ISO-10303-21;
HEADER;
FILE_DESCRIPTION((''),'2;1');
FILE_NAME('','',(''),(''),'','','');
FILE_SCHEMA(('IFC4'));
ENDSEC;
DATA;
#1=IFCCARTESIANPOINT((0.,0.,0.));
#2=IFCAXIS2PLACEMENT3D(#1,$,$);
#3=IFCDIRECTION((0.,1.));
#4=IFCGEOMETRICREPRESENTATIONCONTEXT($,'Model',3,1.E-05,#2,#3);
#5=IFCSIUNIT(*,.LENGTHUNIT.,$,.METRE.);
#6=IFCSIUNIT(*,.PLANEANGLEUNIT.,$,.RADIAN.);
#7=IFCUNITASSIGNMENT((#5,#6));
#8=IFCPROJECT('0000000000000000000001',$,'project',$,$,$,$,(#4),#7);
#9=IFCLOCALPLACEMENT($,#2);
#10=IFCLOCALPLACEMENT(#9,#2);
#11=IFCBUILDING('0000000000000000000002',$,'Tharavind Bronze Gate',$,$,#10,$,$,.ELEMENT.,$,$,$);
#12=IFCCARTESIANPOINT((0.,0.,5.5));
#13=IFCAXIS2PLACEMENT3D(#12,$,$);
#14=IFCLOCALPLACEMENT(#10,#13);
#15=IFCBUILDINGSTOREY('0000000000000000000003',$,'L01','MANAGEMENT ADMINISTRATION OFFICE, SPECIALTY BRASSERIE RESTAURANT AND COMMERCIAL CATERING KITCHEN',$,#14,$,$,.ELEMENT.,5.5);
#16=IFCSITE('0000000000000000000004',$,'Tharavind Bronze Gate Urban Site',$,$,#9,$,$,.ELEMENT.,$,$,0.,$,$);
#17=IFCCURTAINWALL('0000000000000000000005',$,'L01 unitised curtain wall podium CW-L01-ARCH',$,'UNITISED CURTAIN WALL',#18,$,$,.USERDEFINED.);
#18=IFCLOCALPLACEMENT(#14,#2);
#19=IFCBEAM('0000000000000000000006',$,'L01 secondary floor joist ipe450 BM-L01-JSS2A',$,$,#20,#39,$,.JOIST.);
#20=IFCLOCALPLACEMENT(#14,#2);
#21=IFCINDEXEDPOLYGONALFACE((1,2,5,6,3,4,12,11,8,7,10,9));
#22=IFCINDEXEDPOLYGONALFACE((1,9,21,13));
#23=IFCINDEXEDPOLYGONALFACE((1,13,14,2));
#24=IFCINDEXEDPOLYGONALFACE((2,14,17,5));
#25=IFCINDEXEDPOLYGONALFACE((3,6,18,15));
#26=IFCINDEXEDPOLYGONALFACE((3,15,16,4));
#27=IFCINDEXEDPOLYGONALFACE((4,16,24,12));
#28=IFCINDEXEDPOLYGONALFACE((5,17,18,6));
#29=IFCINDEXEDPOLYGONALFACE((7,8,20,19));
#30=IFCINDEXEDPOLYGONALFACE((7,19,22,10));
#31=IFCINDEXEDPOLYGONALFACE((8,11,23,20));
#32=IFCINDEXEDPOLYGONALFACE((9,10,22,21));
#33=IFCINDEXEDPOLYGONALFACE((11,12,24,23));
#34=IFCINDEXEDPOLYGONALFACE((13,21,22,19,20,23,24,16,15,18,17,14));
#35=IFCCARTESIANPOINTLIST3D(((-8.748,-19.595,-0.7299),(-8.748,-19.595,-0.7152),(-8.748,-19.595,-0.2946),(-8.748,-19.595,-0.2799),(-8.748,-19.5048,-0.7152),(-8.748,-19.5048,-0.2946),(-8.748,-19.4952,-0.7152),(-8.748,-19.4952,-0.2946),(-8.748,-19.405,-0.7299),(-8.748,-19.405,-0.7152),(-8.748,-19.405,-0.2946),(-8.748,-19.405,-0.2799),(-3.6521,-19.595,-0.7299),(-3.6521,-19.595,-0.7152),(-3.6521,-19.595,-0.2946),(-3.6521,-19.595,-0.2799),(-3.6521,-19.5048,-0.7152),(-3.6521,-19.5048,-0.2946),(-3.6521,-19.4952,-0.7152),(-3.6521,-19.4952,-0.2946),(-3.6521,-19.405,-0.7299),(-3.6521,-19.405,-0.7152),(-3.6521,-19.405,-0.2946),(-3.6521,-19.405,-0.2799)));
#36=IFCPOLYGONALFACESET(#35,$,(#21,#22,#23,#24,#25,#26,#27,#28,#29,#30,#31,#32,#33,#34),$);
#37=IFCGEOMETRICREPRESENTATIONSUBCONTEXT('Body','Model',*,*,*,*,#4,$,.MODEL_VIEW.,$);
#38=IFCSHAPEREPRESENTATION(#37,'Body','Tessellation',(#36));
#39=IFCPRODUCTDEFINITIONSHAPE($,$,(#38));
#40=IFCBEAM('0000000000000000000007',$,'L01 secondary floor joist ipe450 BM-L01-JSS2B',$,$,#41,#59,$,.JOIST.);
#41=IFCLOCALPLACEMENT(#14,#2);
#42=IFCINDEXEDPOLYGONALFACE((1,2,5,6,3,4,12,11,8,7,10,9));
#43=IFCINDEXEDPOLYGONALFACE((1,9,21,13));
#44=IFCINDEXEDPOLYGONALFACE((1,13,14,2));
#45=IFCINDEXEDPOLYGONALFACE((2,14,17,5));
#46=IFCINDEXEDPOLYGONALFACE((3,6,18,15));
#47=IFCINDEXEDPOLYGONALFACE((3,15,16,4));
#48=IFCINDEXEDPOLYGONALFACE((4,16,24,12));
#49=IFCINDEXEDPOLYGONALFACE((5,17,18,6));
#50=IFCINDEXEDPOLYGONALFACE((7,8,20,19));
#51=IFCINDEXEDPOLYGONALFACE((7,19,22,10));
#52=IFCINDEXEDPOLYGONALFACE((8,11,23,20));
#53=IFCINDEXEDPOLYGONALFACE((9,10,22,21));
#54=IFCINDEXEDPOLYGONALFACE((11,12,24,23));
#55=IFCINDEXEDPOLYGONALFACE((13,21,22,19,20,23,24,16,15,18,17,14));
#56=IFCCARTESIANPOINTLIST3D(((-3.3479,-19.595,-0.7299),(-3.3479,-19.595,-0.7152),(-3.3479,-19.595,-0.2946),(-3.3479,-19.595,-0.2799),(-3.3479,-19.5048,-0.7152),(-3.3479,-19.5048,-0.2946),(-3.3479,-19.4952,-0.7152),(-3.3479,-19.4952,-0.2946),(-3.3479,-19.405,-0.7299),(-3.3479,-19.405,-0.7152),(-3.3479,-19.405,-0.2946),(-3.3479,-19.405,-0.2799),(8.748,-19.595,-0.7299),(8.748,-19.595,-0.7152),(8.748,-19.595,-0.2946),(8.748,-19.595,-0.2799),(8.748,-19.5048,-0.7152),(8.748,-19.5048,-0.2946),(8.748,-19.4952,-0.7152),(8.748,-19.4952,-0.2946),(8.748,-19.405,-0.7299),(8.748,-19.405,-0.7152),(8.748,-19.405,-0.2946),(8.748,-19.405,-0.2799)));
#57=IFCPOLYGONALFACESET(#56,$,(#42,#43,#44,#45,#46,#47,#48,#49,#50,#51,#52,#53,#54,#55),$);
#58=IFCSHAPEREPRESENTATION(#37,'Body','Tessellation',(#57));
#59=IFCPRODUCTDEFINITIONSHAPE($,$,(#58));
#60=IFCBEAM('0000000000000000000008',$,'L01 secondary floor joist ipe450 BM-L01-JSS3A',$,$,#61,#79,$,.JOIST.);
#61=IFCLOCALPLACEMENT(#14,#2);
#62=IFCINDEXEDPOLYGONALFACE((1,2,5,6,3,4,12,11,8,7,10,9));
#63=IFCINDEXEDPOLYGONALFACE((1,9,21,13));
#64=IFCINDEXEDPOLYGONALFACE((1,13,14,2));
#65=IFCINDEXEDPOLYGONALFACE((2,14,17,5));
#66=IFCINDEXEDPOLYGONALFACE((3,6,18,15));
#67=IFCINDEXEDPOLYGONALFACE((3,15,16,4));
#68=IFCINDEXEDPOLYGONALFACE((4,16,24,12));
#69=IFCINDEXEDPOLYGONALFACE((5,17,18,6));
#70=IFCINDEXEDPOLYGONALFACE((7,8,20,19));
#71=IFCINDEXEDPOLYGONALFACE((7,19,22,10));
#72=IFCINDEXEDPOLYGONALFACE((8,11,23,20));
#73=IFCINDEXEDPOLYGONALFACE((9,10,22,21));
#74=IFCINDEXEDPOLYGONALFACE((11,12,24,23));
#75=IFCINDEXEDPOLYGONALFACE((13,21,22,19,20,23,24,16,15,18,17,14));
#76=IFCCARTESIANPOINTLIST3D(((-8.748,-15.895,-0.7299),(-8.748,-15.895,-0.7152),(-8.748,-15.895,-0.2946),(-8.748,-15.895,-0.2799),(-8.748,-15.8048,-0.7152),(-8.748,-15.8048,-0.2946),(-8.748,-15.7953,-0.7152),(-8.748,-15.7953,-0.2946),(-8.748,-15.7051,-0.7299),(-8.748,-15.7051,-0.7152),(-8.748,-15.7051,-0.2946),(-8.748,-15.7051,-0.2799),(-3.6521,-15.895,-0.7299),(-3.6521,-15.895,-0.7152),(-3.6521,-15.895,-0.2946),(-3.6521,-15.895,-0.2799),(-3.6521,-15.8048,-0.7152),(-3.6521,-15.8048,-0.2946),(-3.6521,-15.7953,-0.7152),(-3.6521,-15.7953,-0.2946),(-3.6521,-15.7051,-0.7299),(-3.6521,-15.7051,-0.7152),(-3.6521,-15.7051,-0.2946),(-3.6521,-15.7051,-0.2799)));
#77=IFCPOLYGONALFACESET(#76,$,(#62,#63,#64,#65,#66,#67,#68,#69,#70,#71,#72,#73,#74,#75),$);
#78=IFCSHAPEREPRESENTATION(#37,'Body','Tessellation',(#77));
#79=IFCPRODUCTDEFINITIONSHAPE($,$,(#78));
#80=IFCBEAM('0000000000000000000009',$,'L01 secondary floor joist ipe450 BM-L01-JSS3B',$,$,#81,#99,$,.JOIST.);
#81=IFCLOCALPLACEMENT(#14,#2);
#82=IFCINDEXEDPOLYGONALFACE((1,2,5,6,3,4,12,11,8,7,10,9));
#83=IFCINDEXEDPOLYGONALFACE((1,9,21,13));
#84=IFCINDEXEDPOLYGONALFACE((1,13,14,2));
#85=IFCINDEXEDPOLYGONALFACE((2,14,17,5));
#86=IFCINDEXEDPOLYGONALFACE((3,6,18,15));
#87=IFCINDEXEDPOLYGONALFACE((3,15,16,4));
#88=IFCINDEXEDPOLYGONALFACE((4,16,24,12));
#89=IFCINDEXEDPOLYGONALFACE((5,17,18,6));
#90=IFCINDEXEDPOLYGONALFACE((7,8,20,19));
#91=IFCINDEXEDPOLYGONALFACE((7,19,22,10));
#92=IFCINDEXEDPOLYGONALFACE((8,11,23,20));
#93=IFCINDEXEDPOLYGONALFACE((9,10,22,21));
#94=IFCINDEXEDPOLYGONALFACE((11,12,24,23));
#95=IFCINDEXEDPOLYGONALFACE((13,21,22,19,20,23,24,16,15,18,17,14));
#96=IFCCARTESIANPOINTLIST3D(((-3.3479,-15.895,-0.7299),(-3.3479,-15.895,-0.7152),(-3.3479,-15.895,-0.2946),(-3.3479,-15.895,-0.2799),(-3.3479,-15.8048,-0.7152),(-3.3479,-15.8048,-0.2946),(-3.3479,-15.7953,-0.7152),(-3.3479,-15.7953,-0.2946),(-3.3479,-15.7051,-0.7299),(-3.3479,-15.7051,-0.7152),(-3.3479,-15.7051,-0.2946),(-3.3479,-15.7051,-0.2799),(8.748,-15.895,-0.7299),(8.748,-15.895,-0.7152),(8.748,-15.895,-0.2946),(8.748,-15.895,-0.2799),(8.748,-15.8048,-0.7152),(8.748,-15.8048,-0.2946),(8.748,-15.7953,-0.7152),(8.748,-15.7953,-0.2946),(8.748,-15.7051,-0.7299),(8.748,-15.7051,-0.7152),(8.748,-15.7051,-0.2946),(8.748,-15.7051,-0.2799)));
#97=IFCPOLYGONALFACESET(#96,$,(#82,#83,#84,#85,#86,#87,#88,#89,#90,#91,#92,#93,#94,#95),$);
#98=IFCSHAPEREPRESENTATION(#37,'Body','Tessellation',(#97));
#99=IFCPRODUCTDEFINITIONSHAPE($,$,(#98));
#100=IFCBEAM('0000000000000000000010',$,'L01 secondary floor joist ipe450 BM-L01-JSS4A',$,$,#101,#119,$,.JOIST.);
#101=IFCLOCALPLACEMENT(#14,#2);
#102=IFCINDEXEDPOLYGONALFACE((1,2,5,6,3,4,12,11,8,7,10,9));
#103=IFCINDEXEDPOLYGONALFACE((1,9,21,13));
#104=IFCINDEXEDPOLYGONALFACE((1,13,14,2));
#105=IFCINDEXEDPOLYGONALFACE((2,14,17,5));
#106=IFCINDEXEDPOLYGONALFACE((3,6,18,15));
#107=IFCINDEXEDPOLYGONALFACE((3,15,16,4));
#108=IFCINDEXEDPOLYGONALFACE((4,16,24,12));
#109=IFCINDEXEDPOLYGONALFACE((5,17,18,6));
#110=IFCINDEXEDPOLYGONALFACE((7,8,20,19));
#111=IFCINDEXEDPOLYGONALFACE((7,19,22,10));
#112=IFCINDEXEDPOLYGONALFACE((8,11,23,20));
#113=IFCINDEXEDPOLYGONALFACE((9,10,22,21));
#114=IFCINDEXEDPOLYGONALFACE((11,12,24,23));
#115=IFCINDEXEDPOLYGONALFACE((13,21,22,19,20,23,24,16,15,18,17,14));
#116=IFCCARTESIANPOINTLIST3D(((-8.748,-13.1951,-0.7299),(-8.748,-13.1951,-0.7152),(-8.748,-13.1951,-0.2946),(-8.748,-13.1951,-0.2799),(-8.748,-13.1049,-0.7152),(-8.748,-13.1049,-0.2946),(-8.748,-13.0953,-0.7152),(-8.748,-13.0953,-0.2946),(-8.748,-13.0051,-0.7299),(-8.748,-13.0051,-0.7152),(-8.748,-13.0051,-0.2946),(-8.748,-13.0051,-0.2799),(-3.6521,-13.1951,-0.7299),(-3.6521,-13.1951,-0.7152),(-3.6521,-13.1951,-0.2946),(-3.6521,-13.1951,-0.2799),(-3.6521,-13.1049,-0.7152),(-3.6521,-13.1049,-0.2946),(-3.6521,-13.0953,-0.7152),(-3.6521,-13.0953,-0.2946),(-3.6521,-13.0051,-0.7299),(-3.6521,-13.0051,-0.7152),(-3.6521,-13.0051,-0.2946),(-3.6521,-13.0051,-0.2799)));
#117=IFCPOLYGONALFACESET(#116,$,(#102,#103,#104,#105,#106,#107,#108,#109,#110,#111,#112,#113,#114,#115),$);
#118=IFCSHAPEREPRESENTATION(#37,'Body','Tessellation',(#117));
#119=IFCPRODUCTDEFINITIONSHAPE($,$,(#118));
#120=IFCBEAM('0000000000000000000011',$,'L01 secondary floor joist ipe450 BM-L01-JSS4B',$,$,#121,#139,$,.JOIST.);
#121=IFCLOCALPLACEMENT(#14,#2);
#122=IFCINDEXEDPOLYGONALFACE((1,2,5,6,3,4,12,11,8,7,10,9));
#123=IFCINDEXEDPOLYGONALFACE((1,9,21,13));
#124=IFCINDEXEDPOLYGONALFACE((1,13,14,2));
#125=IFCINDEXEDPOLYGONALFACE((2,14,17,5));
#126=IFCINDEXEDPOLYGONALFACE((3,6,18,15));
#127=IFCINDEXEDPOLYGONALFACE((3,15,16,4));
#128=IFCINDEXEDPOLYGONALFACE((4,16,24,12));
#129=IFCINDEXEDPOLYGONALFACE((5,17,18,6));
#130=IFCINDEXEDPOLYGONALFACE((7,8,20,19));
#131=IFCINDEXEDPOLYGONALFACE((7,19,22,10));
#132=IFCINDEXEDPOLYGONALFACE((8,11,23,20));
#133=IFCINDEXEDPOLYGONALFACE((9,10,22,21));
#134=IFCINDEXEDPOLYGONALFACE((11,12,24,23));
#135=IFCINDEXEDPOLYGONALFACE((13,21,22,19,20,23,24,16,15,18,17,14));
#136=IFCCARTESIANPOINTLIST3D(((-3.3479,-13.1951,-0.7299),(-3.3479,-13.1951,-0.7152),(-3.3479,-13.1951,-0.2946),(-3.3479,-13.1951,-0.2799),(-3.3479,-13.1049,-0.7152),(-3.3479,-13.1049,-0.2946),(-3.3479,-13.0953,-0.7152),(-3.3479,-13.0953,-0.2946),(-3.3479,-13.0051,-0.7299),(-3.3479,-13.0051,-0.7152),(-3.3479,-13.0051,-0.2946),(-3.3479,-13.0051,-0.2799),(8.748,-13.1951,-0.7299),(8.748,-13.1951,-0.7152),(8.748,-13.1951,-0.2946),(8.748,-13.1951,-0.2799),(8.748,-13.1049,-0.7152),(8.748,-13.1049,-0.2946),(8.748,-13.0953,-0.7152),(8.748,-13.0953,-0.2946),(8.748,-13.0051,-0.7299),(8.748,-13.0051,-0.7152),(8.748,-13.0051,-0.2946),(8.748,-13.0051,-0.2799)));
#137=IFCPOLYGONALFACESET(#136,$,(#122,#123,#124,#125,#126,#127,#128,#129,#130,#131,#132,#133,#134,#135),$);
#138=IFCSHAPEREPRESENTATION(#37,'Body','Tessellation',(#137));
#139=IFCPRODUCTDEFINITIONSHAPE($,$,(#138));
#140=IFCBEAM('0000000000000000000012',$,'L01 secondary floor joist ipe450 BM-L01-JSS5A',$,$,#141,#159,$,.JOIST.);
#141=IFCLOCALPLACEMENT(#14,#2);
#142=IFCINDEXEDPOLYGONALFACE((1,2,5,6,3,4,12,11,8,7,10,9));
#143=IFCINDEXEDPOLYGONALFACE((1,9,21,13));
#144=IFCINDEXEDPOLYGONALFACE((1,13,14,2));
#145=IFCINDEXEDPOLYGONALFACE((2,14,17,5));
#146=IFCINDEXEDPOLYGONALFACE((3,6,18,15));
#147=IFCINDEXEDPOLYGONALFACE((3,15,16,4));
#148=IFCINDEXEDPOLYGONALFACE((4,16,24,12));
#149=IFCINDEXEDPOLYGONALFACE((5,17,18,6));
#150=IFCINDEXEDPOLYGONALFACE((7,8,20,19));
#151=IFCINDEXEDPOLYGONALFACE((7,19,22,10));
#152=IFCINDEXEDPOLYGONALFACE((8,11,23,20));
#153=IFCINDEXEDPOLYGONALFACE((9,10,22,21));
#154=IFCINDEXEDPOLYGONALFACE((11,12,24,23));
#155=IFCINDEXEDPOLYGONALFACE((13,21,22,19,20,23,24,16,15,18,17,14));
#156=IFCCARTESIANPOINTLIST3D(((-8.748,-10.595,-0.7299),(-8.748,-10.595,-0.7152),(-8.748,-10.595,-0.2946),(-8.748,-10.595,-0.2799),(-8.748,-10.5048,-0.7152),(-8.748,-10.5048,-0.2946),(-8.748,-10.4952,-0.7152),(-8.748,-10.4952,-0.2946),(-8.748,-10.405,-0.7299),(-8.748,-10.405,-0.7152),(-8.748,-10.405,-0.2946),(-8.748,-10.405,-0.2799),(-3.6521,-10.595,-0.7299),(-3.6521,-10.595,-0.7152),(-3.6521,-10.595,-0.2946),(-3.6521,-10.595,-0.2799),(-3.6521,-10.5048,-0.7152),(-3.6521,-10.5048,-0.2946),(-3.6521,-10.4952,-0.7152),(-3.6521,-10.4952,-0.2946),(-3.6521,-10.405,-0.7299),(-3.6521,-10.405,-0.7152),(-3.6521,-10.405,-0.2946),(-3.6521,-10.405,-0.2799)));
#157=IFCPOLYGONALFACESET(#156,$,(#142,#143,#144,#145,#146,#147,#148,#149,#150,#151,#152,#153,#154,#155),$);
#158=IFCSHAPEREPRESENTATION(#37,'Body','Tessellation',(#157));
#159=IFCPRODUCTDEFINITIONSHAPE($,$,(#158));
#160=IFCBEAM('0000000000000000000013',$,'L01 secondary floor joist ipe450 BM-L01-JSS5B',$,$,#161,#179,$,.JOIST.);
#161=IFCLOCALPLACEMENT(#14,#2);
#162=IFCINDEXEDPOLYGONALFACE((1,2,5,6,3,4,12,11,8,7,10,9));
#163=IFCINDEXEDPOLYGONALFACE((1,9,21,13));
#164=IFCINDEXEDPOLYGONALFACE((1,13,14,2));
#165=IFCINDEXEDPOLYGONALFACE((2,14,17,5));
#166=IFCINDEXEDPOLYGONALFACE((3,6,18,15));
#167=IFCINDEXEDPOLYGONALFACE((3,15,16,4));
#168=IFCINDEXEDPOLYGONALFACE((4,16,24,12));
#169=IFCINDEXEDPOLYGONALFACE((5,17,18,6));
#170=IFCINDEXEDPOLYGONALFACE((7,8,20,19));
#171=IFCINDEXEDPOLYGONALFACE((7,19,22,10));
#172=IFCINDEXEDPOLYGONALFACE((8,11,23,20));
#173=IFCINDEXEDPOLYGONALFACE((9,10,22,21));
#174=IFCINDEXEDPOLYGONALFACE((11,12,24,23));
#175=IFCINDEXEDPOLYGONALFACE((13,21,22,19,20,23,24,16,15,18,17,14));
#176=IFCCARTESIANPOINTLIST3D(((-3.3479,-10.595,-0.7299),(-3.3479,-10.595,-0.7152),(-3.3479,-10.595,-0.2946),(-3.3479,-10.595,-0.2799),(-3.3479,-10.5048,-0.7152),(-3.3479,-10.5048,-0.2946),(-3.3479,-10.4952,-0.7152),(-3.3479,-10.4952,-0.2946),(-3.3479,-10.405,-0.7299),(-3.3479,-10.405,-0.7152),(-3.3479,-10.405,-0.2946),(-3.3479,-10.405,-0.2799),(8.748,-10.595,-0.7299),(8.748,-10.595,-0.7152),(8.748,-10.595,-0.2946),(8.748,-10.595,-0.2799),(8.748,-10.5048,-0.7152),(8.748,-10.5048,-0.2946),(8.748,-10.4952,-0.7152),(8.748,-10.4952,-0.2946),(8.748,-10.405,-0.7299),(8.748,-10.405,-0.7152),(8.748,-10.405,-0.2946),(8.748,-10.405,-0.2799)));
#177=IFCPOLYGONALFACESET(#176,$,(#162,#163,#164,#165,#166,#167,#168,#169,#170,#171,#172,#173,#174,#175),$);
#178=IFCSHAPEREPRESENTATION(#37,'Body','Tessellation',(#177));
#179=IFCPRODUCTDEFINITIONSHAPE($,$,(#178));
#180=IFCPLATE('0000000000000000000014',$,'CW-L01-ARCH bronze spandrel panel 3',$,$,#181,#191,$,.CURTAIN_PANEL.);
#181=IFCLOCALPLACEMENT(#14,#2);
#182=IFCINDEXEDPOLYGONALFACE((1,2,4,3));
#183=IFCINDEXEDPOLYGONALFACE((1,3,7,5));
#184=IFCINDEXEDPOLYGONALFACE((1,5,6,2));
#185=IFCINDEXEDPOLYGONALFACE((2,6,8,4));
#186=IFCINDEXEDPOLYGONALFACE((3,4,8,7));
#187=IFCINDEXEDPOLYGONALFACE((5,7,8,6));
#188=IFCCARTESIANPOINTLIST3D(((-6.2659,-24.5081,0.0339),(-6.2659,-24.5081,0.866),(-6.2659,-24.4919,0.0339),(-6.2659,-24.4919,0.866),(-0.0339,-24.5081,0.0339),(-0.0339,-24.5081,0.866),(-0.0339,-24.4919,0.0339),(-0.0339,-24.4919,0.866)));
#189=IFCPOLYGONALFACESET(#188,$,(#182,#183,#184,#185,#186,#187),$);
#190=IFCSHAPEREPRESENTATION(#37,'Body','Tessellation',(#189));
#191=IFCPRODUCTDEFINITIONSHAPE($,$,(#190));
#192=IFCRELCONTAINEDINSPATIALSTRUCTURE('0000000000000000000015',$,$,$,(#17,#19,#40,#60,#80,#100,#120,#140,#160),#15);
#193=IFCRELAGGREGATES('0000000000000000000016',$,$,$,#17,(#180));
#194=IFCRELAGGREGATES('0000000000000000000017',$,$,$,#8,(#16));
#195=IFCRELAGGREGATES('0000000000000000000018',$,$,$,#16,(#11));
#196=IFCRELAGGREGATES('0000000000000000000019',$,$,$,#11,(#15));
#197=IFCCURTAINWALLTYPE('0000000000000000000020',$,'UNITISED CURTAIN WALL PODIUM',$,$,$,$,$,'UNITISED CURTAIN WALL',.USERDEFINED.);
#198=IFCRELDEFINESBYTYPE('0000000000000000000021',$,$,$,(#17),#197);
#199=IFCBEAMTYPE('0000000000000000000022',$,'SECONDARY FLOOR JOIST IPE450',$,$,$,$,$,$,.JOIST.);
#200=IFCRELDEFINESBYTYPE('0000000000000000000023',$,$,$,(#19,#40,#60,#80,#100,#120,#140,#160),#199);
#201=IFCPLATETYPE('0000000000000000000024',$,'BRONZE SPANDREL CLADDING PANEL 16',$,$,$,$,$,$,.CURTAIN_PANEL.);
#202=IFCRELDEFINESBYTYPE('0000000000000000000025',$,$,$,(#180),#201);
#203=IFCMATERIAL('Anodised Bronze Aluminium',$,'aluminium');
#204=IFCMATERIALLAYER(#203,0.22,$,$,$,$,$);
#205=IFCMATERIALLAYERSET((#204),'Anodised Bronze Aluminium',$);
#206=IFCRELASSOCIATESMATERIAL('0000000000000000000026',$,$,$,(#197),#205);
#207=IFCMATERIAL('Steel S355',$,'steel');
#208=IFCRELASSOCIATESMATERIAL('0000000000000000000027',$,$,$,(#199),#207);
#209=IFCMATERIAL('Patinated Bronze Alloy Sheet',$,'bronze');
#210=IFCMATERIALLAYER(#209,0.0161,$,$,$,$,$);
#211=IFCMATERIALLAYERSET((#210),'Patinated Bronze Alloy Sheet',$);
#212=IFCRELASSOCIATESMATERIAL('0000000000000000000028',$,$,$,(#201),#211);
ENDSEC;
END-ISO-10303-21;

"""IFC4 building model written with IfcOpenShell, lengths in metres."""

from ifc_helpers import new_model, si_unit, direction, frame, origin, origin_2d, place, context, subcontext, project, spatial, rectangle, i_section, extrude, material, layer, layer_set, material_profile, profile_set, type_object, element, aggregate, save


model = new_model("IFC4")

# Units and contexts
model_context = context("Model", 3, precision=1e-05, world=origin(), true_north=direction((0.0, 1.0)))
body_context = subcontext(model_context, "Body", "Model", "MODEL_VIEW")
ifc_project = project(units=[si_unit("LENGTHUNIT", "METRE"), si_unit("PLANEANGLEUNIT", "RADIAN")], contexts=[model_context])

# Site, building, storey
site_placement = place(None, origin())
site = spatial("IfcSite", under=ifc_project, at=site_placement, Name="Tharavind Bronze Gate Urban Site", CompositionType="ELEMENT", RefElevation=0.0)
building_placement = place(site_placement, origin())
building = spatial("IfcBuilding", under=site, at=building_placement, Name="Tharavind Bronze Gate", CompositionType="ELEMENT")
storey_placement = place(building_placement, frame((0.0, 0.0, 5.5)))
storey = spatial("IfcBuildingStorey", under=building, at=storey_placement, Name="L01", Description="MANAGEMENT ADMINISTRATION OFFICE, SPECIALTY BRASSERIE RESTAURANT AND COMMERCIAL CATERING KITCHEN", CompositionType="ELEMENT", Elevation=5.5)

# Curtain wall
ifc_material_1 = material(Name="Anodised Bronze Aluminium", Category="aluminium")
ifc_layer_1 = layer(ifc_material_1, 0.22)
ifc_layer_set_1 = layer_set([ifc_layer_1], Name="Anodised Bronze Aluminium")
curtain_wall_type = type_object("IfcCurtainWallType", Name="UNITISED CURTAIN WALL PODIUM", ElementType="UNITISED CURTAIN WALL", PredefinedType="USERDEFINED", material=ifc_layer_set_1)
curtain_wall_placement = place(storey_placement, origin())
curtain_wall = element("IfcCurtainWall", 1, at=curtain_wall_placement, inside=storey, type_object=curtain_wall_type, Name="L01 unitised curtain wall podium CW-L01-ARCH", ObjectType="UNITISED CURTAIN WALL", PredefinedType="USERDEFINED")

# Beams
ifc_material_2 = material(Name="Steel S355", Category="steel")
ifc_material_profile_1 = material_profile(ifc_material_2, i_section(OverallWidth=0.1899, OverallDepth=0.45, WebThickness=0.0095, FlangeThickness=0.0146, at=origin_2d()), Name="IPE450")
ifc_profile_set_1 = profile_set([ifc_material_profile_1], Name="Steel S355")
beam_type_1 = type_object("IfcBeamType", Name="SECONDARY FLOOR JOIST IPE450", PredefinedType="JOIST", material=ifc_profile_set_1)
beam_1_placement = place(storey_placement, frame((-8.748, -19.5, -0.5049), z_axis=(1.0, 0.0, 0.0), x_axis=(0.0, 1.0, 0.0)))
element("IfcBeam", 2, at=beam_1_placement, inside=storey, type_object=beam_type_1, Name="L01 secondary floor joist ipe450 BM-L01-JSS2A", PredefinedType="JOIST", context=body_context, shape_type="SweptSolid", body=[
    extrude(i_section(OverallWidth=0.1899, OverallDepth=0.45, WebThickness=0.0095, FlangeThickness=0.0146, at=origin_2d()), origin(), (0.0, 0.0, 1.0), 5.0959),
])
beam_2_placement = place(storey_placement, frame((-3.3479, -19.5, -0.5049), z_axis=(1.0, 0.0, 0.0), x_axis=(0.0, 1.0, 0.0)))
element("IfcBeam", 3, at=beam_2_placement, inside=storey, type_object=beam_type_1, Name="L01 secondary floor joist ipe450 BM-L01-JSS2B", PredefinedType="JOIST", context=body_context, shape_type="SweptSolid", body=[
    extrude(i_section(OverallWidth=0.1899, OverallDepth=0.45, WebThickness=0.0095, FlangeThickness=0.0146, at=origin_2d()), origin(), (0.0, 0.0, 1.0), 12.0959),
])
beam_3_placement = place(storey_placement, frame((-8.748, -15.8, -0.5049), z_axis=(1.0, 0.0, 0.0), x_axis=(0.0, 1.0, 0.0)))
element("IfcBeam", 4, at=beam_3_placement, inside=storey, type_object=beam_type_1, Name="L01 secondary floor joist ipe450 BM-L01-JSS3A", PredefinedType="JOIST", context=body_context, shape_type="SweptSolid", body=[
    extrude(i_section(OverallWidth=0.1899, OverallDepth=0.45, WebThickness=0.0095, FlangeThickness=0.0146, at=origin_2d()), origin(), (0.0, 0.0, 1.0), 5.0959),
])
beam_4_placement = place(storey_placement, frame((-3.3479, -15.8, -0.5049), z_axis=(1.0, 0.0, 0.0), x_axis=(0.0, 1.0, 0.0)))
element("IfcBeam", 5, at=beam_4_placement, inside=storey, type_object=beam_type_1, Name="L01 secondary floor joist ipe450 BM-L01-JSS3B", PredefinedType="JOIST", context=body_context, shape_type="SweptSolid", body=[
    extrude(i_section(OverallWidth=0.1899, OverallDepth=0.45, WebThickness=0.0095, FlangeThickness=0.0146, at=origin_2d()), origin(), (0.0, 0.0, 1.0), 12.0959),
])
beam_5_placement = place(storey_placement, frame((-8.748, -13.1001, -0.5049), z_axis=(1.0, 0.0, 0.0), x_axis=(0.0, 1.0, 0.0)))
element("IfcBeam", 6, at=beam_5_placement, inside=storey, type_object=beam_type_1, Name="L01 secondary floor joist ipe450 BM-L01-JSS4A", PredefinedType="JOIST", context=body_context, shape_type="SweptSolid", body=[
    extrude(i_section(OverallWidth=0.1899, OverallDepth=0.45, WebThickness=0.0095, FlangeThickness=0.0146, at=origin_2d()), origin(), (0.0, 0.0, 1.0), 5.0959),
])
beam_6_placement = place(storey_placement, frame((-3.3479, -13.1001, -0.5049), z_axis=(1.0, 0.0, 0.0), x_axis=(0.0, 1.0, 0.0)))
element("IfcBeam", 7, at=beam_6_placement, inside=storey, type_object=beam_type_1, Name="L01 secondary floor joist ipe450 BM-L01-JSS4B", PredefinedType="JOIST", context=body_context, shape_type="SweptSolid", body=[
    extrude(i_section(OverallWidth=0.1899, OverallDepth=0.45, WebThickness=0.0095, FlangeThickness=0.0146, at=origin_2d()), origin(), (0.0, 0.0, 1.0), 12.0959),
])
beam_7_placement = place(storey_placement, frame((-8.748, -10.5, -0.5049), z_axis=(1.0, 0.0, 0.0), x_axis=(0.0, 1.0, 0.0)))
element("IfcBeam", 8, at=beam_7_placement, inside=storey, type_object=beam_type_1, Name="L01 secondary floor joist ipe450 BM-L01-JSS5A", PredefinedType="JOIST", context=body_context, shape_type="SweptSolid", body=[
    extrude(i_section(OverallWidth=0.1899, OverallDepth=0.45, WebThickness=0.0095, FlangeThickness=0.0146, at=origin_2d()), origin(), (0.0, 0.0, 1.0), 5.0959),
])
beam_8_placement = place(storey_placement, frame((-3.3479, -10.5, -0.5049), z_axis=(1.0, 0.0, 0.0), x_axis=(0.0, 1.0, 0.0)))
element("IfcBeam", 9, at=beam_8_placement, inside=storey, type_object=beam_type_1, Name="L01 secondary floor joist ipe450 BM-L01-JSS5B", PredefinedType="JOIST", context=body_context, shape_type="SweptSolid", body=[
    extrude(i_section(OverallWidth=0.1899, OverallDepth=0.45, WebThickness=0.0095, FlangeThickness=0.0146, at=origin_2d()), origin(), (0.0, 0.0, 1.0), 12.0959),
])

# Plate
ifc_material_3 = material(Name="Patinated Bronze Alloy Sheet", Category="bronze")
ifc_layer_2 = layer(ifc_material_3, 0.0161)
ifc_layer_set_2 = layer_set([ifc_layer_2], Name="Patinated Bronze Alloy Sheet")
plate_type_1 = type_object("IfcPlateType", Name="BRONZE SPANDREL CLADDING PANEL 16", PredefinedType="CURTAIN_PANEL", material=ifc_layer_set_2)
plate_1_placement = place(storey_placement, frame((-3.1499, -24.5, 0.0339), z_axis=(0.0, 0.0, 1.0), x_axis=(1.0, 0.0, 0.0)))
plate_1 = element("IfcPlate", 10, at=plate_1_placement, type_object=plate_type_1, Name="CW-L01-ARCH bronze spandrel panel 3", PredefinedType="CURTAIN_PANEL", context=body_context, shape_type="SweptSolid", body=[
    extrude(rectangle(XDim=6.2319, YDim=0.0161, at=origin_2d()), origin(), (0.0, 0.0, 1.0), 0.832),
])
aggregate(curtain_wall, [plate_1])

save(model, "model.ifc")
